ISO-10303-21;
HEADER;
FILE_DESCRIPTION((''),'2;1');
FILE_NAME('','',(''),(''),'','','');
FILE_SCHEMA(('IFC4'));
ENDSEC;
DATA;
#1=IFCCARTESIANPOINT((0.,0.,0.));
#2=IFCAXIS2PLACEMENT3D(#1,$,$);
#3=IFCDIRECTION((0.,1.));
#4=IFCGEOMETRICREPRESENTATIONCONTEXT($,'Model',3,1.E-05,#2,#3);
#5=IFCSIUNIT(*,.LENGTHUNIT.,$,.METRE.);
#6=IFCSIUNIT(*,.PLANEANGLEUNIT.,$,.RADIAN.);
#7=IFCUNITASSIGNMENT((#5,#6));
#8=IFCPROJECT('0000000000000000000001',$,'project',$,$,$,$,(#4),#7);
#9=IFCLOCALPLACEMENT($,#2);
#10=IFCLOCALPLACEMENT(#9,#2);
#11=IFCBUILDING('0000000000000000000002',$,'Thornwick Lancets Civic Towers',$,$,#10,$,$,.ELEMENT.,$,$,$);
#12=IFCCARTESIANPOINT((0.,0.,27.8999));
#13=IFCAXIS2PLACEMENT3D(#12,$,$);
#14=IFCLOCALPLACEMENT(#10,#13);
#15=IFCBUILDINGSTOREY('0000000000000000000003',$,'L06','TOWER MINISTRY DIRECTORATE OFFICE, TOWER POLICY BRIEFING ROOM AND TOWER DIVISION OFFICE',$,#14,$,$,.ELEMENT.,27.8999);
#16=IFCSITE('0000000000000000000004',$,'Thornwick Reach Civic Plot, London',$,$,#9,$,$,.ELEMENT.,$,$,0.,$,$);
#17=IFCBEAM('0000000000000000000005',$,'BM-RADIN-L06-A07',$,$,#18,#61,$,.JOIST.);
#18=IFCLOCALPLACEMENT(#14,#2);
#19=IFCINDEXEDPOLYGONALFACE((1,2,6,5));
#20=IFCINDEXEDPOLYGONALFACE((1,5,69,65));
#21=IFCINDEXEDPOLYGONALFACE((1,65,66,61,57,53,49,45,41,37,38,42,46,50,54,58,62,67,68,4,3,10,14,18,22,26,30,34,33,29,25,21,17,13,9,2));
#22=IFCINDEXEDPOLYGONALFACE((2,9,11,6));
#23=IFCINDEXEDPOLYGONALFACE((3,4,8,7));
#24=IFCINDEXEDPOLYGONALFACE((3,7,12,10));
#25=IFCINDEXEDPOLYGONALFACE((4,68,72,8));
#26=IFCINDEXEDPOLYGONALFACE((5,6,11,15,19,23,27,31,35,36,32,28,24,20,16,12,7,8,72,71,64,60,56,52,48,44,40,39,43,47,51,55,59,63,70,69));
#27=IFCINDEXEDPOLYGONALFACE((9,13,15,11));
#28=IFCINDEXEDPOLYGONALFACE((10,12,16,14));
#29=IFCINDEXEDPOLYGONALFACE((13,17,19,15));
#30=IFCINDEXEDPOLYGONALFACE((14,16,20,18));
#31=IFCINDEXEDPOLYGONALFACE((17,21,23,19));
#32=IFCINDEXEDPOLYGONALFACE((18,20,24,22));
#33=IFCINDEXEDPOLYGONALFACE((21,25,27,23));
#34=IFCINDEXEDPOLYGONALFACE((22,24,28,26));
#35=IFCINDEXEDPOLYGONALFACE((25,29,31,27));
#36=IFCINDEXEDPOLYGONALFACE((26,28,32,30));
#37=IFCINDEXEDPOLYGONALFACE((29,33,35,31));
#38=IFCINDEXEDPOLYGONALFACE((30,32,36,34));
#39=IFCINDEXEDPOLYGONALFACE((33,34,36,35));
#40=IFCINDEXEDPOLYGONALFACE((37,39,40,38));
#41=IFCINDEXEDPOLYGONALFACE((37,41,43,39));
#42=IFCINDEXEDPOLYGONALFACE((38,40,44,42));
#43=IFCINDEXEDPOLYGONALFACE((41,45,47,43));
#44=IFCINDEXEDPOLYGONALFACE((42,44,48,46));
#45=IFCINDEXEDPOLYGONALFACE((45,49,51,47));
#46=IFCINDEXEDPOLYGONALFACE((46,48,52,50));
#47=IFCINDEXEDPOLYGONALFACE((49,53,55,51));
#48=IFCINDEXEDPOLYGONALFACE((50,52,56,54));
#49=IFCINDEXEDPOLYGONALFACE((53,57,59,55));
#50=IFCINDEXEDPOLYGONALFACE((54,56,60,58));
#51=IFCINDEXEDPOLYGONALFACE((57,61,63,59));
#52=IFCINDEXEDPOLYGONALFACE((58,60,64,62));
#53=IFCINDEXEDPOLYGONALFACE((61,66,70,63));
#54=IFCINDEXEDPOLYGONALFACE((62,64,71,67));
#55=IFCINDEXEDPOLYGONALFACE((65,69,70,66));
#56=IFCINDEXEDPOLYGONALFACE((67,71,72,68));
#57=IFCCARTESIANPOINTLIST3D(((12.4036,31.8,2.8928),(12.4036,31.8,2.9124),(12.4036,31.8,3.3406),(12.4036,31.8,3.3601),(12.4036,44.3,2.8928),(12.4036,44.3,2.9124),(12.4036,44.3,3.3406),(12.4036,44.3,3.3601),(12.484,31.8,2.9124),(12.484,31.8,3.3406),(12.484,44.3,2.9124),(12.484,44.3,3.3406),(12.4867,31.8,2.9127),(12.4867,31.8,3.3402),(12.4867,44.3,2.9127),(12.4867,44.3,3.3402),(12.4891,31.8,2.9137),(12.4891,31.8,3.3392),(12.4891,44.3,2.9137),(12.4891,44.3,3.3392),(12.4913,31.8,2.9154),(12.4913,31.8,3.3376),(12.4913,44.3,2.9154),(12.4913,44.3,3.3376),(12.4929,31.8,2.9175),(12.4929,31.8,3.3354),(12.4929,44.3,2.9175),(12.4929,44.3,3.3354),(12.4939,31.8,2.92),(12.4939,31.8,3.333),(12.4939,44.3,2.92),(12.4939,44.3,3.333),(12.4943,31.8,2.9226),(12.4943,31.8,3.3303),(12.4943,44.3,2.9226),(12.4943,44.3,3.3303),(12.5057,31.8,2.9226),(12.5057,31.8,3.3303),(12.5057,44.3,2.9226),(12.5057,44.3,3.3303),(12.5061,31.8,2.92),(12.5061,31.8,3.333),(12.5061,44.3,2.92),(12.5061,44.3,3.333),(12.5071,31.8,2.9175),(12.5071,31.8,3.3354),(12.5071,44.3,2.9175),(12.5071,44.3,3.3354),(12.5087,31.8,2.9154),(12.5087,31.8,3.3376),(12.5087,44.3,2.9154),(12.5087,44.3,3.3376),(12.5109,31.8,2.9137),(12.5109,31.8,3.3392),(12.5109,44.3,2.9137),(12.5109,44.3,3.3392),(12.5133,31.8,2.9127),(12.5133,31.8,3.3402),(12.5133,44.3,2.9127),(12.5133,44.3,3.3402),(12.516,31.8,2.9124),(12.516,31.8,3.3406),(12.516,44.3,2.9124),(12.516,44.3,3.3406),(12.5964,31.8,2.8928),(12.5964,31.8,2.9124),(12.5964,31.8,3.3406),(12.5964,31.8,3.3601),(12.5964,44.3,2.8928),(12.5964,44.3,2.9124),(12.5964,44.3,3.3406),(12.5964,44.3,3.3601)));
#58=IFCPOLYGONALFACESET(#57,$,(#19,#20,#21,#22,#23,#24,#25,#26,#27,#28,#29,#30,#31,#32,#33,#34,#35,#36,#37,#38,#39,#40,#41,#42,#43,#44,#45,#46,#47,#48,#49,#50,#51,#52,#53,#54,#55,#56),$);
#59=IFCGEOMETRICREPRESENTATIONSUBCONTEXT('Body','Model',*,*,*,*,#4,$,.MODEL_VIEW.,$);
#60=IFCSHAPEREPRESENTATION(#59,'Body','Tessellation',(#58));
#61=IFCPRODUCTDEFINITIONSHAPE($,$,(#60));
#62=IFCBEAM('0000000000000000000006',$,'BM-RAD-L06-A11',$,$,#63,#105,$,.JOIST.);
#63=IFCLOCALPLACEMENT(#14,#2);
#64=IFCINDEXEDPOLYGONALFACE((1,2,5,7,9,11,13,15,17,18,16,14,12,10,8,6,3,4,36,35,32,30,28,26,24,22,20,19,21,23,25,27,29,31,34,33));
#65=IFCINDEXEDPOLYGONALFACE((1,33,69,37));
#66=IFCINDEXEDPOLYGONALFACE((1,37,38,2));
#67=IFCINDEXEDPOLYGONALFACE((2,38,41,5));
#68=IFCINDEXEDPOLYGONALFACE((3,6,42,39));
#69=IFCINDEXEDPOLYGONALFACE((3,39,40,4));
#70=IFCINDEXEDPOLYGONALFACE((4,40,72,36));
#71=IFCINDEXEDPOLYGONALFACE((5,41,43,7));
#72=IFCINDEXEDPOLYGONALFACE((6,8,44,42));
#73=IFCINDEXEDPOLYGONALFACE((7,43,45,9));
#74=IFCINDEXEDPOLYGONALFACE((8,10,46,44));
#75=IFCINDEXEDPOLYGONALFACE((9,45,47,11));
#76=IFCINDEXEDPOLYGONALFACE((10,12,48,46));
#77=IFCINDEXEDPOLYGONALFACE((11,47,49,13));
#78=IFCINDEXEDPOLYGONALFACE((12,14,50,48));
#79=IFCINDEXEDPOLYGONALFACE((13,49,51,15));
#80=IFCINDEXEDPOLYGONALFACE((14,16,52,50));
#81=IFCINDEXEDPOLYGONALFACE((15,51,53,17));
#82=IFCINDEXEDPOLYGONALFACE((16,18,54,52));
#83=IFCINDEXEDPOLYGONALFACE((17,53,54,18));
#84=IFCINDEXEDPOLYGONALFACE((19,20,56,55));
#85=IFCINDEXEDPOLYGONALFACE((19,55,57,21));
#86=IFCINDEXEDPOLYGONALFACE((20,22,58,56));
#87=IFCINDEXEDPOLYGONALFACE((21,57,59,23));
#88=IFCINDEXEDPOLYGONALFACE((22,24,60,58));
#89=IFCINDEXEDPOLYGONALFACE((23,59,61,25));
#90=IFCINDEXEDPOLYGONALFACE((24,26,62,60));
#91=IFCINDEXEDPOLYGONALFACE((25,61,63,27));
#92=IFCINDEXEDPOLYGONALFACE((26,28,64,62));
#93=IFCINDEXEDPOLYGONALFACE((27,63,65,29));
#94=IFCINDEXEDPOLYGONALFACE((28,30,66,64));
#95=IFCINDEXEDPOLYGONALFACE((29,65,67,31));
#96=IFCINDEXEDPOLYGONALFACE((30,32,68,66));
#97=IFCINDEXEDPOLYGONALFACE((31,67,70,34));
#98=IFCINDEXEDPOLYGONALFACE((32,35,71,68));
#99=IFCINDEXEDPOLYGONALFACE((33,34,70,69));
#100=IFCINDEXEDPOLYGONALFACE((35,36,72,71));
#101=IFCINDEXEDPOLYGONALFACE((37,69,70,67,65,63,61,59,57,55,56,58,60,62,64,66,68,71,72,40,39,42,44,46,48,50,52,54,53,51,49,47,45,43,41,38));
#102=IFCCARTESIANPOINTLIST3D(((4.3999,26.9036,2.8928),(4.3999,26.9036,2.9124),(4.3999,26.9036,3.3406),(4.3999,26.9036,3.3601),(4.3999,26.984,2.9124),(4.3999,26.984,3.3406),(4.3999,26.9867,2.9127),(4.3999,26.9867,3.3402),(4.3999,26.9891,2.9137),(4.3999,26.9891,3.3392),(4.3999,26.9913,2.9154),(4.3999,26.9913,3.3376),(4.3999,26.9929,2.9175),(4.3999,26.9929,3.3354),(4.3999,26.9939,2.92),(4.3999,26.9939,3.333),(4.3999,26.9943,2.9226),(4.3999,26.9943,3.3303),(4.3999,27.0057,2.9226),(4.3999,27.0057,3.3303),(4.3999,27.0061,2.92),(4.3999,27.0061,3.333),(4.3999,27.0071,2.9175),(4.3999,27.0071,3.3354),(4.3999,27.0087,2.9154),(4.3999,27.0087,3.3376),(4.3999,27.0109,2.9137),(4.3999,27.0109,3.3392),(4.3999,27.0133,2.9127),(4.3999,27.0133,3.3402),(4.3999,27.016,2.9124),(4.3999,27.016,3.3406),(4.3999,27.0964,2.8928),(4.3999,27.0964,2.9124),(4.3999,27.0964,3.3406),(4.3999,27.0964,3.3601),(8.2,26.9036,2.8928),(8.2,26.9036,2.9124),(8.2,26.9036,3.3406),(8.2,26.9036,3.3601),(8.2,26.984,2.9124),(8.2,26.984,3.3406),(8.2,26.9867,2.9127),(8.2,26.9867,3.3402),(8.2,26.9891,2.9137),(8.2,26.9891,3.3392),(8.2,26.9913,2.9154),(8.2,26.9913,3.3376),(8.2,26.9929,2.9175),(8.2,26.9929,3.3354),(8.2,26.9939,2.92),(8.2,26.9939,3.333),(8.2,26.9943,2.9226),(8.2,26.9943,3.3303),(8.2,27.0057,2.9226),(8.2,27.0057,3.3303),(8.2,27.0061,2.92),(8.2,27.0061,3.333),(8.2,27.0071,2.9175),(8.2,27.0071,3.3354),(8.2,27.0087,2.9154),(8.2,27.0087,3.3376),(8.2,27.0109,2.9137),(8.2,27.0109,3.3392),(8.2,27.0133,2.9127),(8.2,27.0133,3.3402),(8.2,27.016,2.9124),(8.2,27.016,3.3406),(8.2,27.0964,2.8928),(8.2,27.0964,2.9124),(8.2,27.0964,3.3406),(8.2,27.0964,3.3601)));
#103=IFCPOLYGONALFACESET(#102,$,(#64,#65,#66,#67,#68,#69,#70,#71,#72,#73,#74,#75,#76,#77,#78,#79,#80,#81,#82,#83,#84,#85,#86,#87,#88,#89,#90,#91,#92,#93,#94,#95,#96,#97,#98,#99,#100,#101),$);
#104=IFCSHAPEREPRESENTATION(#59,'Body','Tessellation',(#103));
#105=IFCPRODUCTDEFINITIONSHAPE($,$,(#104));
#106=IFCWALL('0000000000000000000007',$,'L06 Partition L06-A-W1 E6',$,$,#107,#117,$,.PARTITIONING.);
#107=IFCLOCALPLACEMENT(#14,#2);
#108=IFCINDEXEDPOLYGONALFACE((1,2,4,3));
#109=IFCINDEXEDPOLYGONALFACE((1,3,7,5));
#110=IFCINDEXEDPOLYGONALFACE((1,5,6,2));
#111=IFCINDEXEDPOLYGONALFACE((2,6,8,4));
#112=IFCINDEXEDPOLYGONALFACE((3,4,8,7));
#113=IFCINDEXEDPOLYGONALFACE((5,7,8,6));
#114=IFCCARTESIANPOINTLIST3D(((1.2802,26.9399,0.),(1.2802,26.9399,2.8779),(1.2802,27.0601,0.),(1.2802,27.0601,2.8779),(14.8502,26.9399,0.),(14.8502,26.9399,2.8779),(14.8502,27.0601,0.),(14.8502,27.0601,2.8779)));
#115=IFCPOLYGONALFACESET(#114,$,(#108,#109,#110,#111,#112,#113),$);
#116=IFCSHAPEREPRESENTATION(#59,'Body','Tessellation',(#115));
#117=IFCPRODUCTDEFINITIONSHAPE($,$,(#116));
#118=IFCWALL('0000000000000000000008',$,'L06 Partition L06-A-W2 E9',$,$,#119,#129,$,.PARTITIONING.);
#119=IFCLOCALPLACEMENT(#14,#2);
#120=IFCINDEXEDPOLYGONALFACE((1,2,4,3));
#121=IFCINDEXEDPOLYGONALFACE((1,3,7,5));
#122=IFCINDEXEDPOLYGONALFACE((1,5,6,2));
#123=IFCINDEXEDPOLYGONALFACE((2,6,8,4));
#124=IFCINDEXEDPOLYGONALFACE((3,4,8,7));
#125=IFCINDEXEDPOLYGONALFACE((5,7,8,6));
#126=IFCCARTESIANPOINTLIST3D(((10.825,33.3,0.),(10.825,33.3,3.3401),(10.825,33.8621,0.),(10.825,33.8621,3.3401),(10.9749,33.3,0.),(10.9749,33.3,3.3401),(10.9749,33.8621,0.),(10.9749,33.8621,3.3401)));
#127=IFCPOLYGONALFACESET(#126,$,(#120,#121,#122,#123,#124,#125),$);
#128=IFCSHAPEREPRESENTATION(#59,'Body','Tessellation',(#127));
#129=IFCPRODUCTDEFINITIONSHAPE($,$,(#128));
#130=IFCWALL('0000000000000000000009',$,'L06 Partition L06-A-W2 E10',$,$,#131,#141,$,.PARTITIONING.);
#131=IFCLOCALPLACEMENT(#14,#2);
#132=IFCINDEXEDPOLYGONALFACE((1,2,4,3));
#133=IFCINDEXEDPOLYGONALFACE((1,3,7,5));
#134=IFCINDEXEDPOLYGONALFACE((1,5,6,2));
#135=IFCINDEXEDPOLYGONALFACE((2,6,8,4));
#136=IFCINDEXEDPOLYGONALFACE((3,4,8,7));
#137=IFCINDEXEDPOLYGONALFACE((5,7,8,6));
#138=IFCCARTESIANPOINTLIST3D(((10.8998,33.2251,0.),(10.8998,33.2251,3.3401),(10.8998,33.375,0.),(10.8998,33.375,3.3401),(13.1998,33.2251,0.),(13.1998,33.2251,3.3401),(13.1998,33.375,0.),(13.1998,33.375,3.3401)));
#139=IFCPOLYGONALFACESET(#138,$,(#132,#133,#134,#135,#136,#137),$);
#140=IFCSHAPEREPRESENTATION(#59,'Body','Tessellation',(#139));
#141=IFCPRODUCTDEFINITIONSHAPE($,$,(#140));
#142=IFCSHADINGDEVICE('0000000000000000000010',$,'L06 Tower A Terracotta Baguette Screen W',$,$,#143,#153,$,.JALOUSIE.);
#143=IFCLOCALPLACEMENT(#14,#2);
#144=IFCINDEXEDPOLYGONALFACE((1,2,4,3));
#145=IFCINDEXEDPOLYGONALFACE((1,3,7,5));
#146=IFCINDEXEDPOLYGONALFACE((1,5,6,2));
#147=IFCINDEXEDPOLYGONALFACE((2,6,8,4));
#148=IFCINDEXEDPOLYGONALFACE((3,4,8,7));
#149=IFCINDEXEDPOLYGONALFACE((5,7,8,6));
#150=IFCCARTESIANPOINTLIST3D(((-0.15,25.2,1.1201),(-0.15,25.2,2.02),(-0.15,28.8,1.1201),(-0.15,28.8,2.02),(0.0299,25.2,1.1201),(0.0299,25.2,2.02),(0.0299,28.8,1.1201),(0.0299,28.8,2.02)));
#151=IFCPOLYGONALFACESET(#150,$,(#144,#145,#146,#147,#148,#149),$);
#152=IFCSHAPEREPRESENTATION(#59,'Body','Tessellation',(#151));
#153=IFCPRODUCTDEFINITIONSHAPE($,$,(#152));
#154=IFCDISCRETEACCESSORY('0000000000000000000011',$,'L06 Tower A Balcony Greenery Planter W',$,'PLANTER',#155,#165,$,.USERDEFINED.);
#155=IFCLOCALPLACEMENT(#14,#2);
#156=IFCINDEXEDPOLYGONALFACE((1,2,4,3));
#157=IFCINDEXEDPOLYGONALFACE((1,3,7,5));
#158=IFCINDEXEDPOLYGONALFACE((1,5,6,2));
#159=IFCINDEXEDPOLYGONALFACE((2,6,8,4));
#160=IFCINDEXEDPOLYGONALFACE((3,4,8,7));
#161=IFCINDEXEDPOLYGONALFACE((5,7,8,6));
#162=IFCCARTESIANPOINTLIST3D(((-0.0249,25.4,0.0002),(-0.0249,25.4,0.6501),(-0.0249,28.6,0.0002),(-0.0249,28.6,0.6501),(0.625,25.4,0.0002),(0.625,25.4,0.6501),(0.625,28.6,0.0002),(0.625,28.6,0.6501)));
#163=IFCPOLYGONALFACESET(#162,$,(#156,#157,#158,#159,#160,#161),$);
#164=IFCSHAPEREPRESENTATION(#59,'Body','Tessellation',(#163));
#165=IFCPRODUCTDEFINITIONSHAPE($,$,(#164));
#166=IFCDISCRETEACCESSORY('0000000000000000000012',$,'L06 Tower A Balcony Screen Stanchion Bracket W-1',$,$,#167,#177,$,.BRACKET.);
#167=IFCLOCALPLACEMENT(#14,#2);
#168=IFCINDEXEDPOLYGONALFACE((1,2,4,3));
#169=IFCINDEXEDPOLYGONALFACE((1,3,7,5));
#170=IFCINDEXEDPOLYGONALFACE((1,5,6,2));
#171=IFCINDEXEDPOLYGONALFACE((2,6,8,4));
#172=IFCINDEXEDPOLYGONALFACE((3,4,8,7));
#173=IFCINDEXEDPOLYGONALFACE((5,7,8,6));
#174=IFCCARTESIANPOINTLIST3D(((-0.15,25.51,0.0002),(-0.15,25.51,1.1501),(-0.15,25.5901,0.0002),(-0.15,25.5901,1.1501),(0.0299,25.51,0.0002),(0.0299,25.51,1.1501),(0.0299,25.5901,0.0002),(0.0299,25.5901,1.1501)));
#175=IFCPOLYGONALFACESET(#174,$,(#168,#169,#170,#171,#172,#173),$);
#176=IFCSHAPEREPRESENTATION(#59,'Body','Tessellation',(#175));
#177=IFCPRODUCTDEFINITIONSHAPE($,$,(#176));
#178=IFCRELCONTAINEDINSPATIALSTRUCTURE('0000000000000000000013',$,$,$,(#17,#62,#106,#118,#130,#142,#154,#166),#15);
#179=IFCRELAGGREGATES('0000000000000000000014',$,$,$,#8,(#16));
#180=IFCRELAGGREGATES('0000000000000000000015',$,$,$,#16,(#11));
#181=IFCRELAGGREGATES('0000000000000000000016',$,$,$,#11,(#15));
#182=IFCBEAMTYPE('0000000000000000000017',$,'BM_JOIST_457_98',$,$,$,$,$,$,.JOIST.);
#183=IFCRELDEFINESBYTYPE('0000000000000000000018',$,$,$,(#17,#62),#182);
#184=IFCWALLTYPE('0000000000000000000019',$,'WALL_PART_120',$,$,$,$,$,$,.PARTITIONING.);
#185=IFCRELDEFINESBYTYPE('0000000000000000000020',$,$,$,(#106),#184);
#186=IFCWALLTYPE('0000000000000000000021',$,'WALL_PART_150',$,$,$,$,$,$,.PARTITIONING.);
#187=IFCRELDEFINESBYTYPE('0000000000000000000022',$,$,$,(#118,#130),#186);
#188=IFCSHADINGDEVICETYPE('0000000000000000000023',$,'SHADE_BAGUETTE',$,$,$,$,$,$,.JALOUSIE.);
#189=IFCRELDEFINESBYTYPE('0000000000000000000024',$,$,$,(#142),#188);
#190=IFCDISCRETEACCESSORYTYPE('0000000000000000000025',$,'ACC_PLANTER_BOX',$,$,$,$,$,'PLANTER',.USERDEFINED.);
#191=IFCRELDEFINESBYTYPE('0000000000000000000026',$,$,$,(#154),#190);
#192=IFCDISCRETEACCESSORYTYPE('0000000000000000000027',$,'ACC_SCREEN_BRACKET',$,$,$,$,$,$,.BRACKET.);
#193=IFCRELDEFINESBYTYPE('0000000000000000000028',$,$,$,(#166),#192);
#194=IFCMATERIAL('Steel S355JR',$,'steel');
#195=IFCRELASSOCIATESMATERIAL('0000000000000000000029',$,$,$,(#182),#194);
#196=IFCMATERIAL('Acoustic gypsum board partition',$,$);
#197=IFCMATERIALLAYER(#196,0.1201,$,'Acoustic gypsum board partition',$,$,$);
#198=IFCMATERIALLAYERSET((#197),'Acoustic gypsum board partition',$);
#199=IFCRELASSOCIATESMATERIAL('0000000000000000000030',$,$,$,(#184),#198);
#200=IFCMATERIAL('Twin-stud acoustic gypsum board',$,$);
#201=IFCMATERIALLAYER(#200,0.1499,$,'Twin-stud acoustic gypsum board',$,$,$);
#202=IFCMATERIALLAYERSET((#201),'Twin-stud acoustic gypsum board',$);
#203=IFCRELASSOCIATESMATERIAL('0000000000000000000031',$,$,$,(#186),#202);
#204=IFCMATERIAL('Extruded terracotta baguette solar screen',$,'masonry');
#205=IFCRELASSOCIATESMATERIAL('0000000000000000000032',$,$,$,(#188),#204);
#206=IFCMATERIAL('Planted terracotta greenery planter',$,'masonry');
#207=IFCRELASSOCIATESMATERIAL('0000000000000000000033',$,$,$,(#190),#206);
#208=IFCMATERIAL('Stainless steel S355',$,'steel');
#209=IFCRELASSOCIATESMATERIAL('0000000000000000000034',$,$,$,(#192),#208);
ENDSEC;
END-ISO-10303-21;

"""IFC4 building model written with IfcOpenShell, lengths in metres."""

from ifc_helpers import new_model, si_unit, direction, frame, frame_2d, origin, origin_2d, place, context, subcontext, project, spatial, rectangle, i_section, extrude, material, layer, layer_set, material_profile, profile_set, type_object, element, save


model = new_model("IFC4")

# Units and contexts
model_context = context("Model", 3, precision=1e-05, world=origin(), true_north=direction((0.0, 1.0)))
body_context = subcontext(model_context, "Body", "Model", "MODEL_VIEW")
ifc_project = project(units=[si_unit("LENGTHUNIT", "METRE"), si_unit("PLANEANGLEUNIT", "RADIAN")], contexts=[model_context])

# Site, building, storey
site_placement = place(None, origin())
site = spatial("IfcSite", under=ifc_project, at=site_placement, Name="Thornwick Reach Civic Plot, London", CompositionType="ELEMENT", RefElevation=0.0)
building_placement = place(site_placement, origin())
building = spatial("IfcBuilding", under=site, at=building_placement, Name="Thornwick Lancets Civic Towers", CompositionType="ELEMENT")
storey_placement = place(building_placement, frame((0.0, 0.0, 27.8999)))
storey = spatial("IfcBuildingStorey", under=building, at=storey_placement, Name="L06", Description="TOWER MINISTRY DIRECTORATE OFFICE, TOWER POLICY BRIEFING ROOM AND TOWER DIVISION OFFICE", CompositionType="ELEMENT", Elevation=27.8999)

# Beams
ifc_material_1 = material(Name="Steel S355JR", Category="steel")
ifc_material_profile_1 = material_profile(ifc_material_1, i_section(OverallWidth=0.1929, OverallDepth=0.4673, WebThickness=0.0115, FlangeThickness=0.0195, FilletRadius=0.0103, at=origin_2d()), Name="UKB 457x191x98")
ifc_profile_set_1 = profile_set([ifc_material_profile_1], Name="Steel S355JR")
beam_type_1 = type_object("IfcBeamType", Name="BM_JOIST_457_98", PredefinedType="JOIST", material=ifc_profile_set_1)
beam_1_placement = place(storey_placement, frame((12.5, 31.8, 3.1265), z_axis=(0.0, 1.0, 0.0), x_axis=(-1.0, 0.0, 0.0)))
element("IfcBeam", 1, at=beam_1_placement, inside=storey, type_object=beam_type_1, Name="BM-RADIN-L06-A07", PredefinedType="JOIST", context=body_context, shape_type="SweptSolid", body=[
    extrude(i_section(OverallWidth=0.1929, OverallDepth=0.4673, WebThickness=0.0115, FlangeThickness=0.0195, FilletRadius=0.0103, at=origin_2d()), origin(), (0.0, 0.0, 1.0), 12.5),
])
beam_2_placement = place(storey_placement, frame((8.2, 27.0, 3.1265), z_axis=(-1.0, 0.0, 0.0), x_axis=(0.0, -1.0, 0.0)))
element("IfcBeam", 2, at=beam_2_placement, inside=storey, type_object=beam_type_1, Name="BM-RAD-L06-A11", PredefinedType="JOIST", context=body_context, shape_type="SweptSolid", body=[
    extrude(i_section(OverallWidth=0.1929, OverallDepth=0.4673, WebThickness=0.0115, FlangeThickness=0.0195, FilletRadius=0.0103, at=origin_2d()), origin(), (0.0, 0.0, 1.0), 3.8),
])

# Walls
ifc_material_2 = material(Name="Acoustic gypsum board partition")
ifc_layer_1 = layer(ifc_material_2, 0.1201, Name="Acoustic gypsum board partition")
ifc_layer_set_1 = layer_set([ifc_layer_1], Name="Acoustic gypsum board partition")
wall_type_1 = type_object("IfcWallType", Name="WALL_PART_120", PredefinedType="PARTITIONING", material=ifc_layer_set_1)
wall_1_placement = place(storey_placement, frame((1.28, 27.0, 0.0), z_axis=(0.0, 0.0, 1.0), x_axis=(1.0, 0.0, 0.0)))
element("IfcWall", 3, at=wall_1_placement, inside=storey, type_object=wall_type_1, Name="L06 Partition L06-A-W1 E6", PredefinedType="PARTITIONING", context=body_context, shape_type="SweptSolid", body=[
    extrude(rectangle(XDim=13.5701, YDim=0.1201, at=frame_2d((6.7852, 0.0))), origin(), (0.0, 0.0, 1.0), 2.8779),
])
ifc_material_3 = material(Name="Twin-stud acoustic gypsum board")
ifc_layer_2 = layer(ifc_material_3, 0.1499, Name="Twin-stud acoustic gypsum board")
ifc_layer_set_2 = layer_set([ifc_layer_2], Name="Twin-stud acoustic gypsum board")
wall_type_2 = type_object("IfcWallType", Name="WALL_PART_150", PredefinedType="PARTITIONING", material=ifc_layer_set_2)
wall_2_placement = place(storey_placement, frame((10.8999, 33.8621, 0.0), z_axis=(0.0, 0.0, 1.0), x_axis=(0.0, -1.0, 0.0)))
element("IfcWall", 4, at=wall_2_placement, inside=storey, type_object=wall_type_2, Name="L06 Partition L06-A-W2 E9", PredefinedType="PARTITIONING", context=body_context, shape_type="SweptSolid", body=[
    extrude(rectangle(XDim=0.562, YDim=0.1499, at=frame_2d((0.281, 0.0))), origin(), (0.0, 0.0, 1.0), 3.3401),
])
wall_3_placement = place(storey_placement, frame((10.8999, 33.3, 0.0), z_axis=(0.0, 0.0, 1.0), x_axis=(1.0, 0.0, 0.0)))
element("IfcWall", 5, at=wall_3_placement, inside=storey, type_object=wall_type_2, Name="L06 Partition L06-A-W2 E10", PredefinedType="PARTITIONING", context=body_context, shape_type="SweptSolid", body=[
    extrude(rectangle(XDim=2.3, YDim=0.1499, at=frame_2d((1.1499, 0.0))), origin(), (0.0, 0.0, 1.0), 3.3401),
])

# Shading device
ifc_material_4 = material(Name="Extruded terracotta baguette solar screen", Category="masonry")
shading_device_type = type_object("IfcShadingDeviceType", Name="SHADE_BAGUETTE", PredefinedType="JALOUSIE", material=ifc_material_4)
shading_device_placement = place(storey_placement, frame((-0.0601, 27.0, 1.1201), z_axis=(0.0, 0.0, 1.0), x_axis=(0.0, 1.0, 0.0)))
element("IfcShadingDevice", 6, at=shading_device_placement, inside=storey, type_object=shading_device_type, Name="L06 Tower A Terracotta Baguette Screen W", PredefinedType="JALOUSIE", context=body_context, shape_type="SweptSolid", body=[
    extrude(rectangle(XDim=3.6001, YDim=0.1799, at=origin_2d()), origin(), (0.0, 0.0, 1.0), 0.8999),
])

# Discrete accessories
ifc_material_5 = material(Name="Planted terracotta greenery planter", Category="masonry")
discrete_accessory_type_1 = type_object("IfcDiscreteAccessoryType", Name="ACC_PLANTER_BOX", ElementType="PLANTER", PredefinedType="USERDEFINED", material=ifc_material_5)
discrete_accessory_1_placement = place(storey_placement, frame((0.3, 27.0, 0.0002), z_axis=(0.0, 0.0, 1.0), x_axis=(1.0, 0.0, 0.0)))
element("IfcDiscreteAccessory", 7, at=discrete_accessory_1_placement, inside=storey, type_object=discrete_accessory_type_1, Name="L06 Tower A Balcony Greenery Planter W", ObjectType="PLANTER", PredefinedType="USERDEFINED", context=body_context, shape_type="SweptSolid", body=[
    extrude(rectangle(XDim=0.6499, YDim=3.2, at=origin_2d()), origin(), (0.0, 0.0, 1.0), 0.6499),
])
ifc_material_6 = material(Name="Stainless steel S355", Category="steel")
discrete_accessory_type_2 = type_object("IfcDiscreteAccessoryType", Name="ACC_SCREEN_BRACKET", PredefinedType="BRACKET", material=ifc_material_6)
discrete_accessory_2_placement = place(storey_placement, frame((-0.0601, 25.55, 0.0002), z_axis=(0.0, 0.0, 1.0), x_axis=(0.0, 1.0, 0.0)))
element("IfcDiscreteAccessory", 8, at=discrete_accessory_2_placement, inside=storey, type_object=discrete_accessory_type_2, Name="L06 Tower A Balcony Screen Stanchion Bracket W-1", PredefinedType="BRACKET", context=body_context, shape_type="SweptSolid", body=[
    extrude(rectangle(XDim=0.0801, YDim=0.1799, at=origin_2d()), origin(), (0.0, 0.0, 1.0), 1.1499),
])

save(model, "model.ifc")
